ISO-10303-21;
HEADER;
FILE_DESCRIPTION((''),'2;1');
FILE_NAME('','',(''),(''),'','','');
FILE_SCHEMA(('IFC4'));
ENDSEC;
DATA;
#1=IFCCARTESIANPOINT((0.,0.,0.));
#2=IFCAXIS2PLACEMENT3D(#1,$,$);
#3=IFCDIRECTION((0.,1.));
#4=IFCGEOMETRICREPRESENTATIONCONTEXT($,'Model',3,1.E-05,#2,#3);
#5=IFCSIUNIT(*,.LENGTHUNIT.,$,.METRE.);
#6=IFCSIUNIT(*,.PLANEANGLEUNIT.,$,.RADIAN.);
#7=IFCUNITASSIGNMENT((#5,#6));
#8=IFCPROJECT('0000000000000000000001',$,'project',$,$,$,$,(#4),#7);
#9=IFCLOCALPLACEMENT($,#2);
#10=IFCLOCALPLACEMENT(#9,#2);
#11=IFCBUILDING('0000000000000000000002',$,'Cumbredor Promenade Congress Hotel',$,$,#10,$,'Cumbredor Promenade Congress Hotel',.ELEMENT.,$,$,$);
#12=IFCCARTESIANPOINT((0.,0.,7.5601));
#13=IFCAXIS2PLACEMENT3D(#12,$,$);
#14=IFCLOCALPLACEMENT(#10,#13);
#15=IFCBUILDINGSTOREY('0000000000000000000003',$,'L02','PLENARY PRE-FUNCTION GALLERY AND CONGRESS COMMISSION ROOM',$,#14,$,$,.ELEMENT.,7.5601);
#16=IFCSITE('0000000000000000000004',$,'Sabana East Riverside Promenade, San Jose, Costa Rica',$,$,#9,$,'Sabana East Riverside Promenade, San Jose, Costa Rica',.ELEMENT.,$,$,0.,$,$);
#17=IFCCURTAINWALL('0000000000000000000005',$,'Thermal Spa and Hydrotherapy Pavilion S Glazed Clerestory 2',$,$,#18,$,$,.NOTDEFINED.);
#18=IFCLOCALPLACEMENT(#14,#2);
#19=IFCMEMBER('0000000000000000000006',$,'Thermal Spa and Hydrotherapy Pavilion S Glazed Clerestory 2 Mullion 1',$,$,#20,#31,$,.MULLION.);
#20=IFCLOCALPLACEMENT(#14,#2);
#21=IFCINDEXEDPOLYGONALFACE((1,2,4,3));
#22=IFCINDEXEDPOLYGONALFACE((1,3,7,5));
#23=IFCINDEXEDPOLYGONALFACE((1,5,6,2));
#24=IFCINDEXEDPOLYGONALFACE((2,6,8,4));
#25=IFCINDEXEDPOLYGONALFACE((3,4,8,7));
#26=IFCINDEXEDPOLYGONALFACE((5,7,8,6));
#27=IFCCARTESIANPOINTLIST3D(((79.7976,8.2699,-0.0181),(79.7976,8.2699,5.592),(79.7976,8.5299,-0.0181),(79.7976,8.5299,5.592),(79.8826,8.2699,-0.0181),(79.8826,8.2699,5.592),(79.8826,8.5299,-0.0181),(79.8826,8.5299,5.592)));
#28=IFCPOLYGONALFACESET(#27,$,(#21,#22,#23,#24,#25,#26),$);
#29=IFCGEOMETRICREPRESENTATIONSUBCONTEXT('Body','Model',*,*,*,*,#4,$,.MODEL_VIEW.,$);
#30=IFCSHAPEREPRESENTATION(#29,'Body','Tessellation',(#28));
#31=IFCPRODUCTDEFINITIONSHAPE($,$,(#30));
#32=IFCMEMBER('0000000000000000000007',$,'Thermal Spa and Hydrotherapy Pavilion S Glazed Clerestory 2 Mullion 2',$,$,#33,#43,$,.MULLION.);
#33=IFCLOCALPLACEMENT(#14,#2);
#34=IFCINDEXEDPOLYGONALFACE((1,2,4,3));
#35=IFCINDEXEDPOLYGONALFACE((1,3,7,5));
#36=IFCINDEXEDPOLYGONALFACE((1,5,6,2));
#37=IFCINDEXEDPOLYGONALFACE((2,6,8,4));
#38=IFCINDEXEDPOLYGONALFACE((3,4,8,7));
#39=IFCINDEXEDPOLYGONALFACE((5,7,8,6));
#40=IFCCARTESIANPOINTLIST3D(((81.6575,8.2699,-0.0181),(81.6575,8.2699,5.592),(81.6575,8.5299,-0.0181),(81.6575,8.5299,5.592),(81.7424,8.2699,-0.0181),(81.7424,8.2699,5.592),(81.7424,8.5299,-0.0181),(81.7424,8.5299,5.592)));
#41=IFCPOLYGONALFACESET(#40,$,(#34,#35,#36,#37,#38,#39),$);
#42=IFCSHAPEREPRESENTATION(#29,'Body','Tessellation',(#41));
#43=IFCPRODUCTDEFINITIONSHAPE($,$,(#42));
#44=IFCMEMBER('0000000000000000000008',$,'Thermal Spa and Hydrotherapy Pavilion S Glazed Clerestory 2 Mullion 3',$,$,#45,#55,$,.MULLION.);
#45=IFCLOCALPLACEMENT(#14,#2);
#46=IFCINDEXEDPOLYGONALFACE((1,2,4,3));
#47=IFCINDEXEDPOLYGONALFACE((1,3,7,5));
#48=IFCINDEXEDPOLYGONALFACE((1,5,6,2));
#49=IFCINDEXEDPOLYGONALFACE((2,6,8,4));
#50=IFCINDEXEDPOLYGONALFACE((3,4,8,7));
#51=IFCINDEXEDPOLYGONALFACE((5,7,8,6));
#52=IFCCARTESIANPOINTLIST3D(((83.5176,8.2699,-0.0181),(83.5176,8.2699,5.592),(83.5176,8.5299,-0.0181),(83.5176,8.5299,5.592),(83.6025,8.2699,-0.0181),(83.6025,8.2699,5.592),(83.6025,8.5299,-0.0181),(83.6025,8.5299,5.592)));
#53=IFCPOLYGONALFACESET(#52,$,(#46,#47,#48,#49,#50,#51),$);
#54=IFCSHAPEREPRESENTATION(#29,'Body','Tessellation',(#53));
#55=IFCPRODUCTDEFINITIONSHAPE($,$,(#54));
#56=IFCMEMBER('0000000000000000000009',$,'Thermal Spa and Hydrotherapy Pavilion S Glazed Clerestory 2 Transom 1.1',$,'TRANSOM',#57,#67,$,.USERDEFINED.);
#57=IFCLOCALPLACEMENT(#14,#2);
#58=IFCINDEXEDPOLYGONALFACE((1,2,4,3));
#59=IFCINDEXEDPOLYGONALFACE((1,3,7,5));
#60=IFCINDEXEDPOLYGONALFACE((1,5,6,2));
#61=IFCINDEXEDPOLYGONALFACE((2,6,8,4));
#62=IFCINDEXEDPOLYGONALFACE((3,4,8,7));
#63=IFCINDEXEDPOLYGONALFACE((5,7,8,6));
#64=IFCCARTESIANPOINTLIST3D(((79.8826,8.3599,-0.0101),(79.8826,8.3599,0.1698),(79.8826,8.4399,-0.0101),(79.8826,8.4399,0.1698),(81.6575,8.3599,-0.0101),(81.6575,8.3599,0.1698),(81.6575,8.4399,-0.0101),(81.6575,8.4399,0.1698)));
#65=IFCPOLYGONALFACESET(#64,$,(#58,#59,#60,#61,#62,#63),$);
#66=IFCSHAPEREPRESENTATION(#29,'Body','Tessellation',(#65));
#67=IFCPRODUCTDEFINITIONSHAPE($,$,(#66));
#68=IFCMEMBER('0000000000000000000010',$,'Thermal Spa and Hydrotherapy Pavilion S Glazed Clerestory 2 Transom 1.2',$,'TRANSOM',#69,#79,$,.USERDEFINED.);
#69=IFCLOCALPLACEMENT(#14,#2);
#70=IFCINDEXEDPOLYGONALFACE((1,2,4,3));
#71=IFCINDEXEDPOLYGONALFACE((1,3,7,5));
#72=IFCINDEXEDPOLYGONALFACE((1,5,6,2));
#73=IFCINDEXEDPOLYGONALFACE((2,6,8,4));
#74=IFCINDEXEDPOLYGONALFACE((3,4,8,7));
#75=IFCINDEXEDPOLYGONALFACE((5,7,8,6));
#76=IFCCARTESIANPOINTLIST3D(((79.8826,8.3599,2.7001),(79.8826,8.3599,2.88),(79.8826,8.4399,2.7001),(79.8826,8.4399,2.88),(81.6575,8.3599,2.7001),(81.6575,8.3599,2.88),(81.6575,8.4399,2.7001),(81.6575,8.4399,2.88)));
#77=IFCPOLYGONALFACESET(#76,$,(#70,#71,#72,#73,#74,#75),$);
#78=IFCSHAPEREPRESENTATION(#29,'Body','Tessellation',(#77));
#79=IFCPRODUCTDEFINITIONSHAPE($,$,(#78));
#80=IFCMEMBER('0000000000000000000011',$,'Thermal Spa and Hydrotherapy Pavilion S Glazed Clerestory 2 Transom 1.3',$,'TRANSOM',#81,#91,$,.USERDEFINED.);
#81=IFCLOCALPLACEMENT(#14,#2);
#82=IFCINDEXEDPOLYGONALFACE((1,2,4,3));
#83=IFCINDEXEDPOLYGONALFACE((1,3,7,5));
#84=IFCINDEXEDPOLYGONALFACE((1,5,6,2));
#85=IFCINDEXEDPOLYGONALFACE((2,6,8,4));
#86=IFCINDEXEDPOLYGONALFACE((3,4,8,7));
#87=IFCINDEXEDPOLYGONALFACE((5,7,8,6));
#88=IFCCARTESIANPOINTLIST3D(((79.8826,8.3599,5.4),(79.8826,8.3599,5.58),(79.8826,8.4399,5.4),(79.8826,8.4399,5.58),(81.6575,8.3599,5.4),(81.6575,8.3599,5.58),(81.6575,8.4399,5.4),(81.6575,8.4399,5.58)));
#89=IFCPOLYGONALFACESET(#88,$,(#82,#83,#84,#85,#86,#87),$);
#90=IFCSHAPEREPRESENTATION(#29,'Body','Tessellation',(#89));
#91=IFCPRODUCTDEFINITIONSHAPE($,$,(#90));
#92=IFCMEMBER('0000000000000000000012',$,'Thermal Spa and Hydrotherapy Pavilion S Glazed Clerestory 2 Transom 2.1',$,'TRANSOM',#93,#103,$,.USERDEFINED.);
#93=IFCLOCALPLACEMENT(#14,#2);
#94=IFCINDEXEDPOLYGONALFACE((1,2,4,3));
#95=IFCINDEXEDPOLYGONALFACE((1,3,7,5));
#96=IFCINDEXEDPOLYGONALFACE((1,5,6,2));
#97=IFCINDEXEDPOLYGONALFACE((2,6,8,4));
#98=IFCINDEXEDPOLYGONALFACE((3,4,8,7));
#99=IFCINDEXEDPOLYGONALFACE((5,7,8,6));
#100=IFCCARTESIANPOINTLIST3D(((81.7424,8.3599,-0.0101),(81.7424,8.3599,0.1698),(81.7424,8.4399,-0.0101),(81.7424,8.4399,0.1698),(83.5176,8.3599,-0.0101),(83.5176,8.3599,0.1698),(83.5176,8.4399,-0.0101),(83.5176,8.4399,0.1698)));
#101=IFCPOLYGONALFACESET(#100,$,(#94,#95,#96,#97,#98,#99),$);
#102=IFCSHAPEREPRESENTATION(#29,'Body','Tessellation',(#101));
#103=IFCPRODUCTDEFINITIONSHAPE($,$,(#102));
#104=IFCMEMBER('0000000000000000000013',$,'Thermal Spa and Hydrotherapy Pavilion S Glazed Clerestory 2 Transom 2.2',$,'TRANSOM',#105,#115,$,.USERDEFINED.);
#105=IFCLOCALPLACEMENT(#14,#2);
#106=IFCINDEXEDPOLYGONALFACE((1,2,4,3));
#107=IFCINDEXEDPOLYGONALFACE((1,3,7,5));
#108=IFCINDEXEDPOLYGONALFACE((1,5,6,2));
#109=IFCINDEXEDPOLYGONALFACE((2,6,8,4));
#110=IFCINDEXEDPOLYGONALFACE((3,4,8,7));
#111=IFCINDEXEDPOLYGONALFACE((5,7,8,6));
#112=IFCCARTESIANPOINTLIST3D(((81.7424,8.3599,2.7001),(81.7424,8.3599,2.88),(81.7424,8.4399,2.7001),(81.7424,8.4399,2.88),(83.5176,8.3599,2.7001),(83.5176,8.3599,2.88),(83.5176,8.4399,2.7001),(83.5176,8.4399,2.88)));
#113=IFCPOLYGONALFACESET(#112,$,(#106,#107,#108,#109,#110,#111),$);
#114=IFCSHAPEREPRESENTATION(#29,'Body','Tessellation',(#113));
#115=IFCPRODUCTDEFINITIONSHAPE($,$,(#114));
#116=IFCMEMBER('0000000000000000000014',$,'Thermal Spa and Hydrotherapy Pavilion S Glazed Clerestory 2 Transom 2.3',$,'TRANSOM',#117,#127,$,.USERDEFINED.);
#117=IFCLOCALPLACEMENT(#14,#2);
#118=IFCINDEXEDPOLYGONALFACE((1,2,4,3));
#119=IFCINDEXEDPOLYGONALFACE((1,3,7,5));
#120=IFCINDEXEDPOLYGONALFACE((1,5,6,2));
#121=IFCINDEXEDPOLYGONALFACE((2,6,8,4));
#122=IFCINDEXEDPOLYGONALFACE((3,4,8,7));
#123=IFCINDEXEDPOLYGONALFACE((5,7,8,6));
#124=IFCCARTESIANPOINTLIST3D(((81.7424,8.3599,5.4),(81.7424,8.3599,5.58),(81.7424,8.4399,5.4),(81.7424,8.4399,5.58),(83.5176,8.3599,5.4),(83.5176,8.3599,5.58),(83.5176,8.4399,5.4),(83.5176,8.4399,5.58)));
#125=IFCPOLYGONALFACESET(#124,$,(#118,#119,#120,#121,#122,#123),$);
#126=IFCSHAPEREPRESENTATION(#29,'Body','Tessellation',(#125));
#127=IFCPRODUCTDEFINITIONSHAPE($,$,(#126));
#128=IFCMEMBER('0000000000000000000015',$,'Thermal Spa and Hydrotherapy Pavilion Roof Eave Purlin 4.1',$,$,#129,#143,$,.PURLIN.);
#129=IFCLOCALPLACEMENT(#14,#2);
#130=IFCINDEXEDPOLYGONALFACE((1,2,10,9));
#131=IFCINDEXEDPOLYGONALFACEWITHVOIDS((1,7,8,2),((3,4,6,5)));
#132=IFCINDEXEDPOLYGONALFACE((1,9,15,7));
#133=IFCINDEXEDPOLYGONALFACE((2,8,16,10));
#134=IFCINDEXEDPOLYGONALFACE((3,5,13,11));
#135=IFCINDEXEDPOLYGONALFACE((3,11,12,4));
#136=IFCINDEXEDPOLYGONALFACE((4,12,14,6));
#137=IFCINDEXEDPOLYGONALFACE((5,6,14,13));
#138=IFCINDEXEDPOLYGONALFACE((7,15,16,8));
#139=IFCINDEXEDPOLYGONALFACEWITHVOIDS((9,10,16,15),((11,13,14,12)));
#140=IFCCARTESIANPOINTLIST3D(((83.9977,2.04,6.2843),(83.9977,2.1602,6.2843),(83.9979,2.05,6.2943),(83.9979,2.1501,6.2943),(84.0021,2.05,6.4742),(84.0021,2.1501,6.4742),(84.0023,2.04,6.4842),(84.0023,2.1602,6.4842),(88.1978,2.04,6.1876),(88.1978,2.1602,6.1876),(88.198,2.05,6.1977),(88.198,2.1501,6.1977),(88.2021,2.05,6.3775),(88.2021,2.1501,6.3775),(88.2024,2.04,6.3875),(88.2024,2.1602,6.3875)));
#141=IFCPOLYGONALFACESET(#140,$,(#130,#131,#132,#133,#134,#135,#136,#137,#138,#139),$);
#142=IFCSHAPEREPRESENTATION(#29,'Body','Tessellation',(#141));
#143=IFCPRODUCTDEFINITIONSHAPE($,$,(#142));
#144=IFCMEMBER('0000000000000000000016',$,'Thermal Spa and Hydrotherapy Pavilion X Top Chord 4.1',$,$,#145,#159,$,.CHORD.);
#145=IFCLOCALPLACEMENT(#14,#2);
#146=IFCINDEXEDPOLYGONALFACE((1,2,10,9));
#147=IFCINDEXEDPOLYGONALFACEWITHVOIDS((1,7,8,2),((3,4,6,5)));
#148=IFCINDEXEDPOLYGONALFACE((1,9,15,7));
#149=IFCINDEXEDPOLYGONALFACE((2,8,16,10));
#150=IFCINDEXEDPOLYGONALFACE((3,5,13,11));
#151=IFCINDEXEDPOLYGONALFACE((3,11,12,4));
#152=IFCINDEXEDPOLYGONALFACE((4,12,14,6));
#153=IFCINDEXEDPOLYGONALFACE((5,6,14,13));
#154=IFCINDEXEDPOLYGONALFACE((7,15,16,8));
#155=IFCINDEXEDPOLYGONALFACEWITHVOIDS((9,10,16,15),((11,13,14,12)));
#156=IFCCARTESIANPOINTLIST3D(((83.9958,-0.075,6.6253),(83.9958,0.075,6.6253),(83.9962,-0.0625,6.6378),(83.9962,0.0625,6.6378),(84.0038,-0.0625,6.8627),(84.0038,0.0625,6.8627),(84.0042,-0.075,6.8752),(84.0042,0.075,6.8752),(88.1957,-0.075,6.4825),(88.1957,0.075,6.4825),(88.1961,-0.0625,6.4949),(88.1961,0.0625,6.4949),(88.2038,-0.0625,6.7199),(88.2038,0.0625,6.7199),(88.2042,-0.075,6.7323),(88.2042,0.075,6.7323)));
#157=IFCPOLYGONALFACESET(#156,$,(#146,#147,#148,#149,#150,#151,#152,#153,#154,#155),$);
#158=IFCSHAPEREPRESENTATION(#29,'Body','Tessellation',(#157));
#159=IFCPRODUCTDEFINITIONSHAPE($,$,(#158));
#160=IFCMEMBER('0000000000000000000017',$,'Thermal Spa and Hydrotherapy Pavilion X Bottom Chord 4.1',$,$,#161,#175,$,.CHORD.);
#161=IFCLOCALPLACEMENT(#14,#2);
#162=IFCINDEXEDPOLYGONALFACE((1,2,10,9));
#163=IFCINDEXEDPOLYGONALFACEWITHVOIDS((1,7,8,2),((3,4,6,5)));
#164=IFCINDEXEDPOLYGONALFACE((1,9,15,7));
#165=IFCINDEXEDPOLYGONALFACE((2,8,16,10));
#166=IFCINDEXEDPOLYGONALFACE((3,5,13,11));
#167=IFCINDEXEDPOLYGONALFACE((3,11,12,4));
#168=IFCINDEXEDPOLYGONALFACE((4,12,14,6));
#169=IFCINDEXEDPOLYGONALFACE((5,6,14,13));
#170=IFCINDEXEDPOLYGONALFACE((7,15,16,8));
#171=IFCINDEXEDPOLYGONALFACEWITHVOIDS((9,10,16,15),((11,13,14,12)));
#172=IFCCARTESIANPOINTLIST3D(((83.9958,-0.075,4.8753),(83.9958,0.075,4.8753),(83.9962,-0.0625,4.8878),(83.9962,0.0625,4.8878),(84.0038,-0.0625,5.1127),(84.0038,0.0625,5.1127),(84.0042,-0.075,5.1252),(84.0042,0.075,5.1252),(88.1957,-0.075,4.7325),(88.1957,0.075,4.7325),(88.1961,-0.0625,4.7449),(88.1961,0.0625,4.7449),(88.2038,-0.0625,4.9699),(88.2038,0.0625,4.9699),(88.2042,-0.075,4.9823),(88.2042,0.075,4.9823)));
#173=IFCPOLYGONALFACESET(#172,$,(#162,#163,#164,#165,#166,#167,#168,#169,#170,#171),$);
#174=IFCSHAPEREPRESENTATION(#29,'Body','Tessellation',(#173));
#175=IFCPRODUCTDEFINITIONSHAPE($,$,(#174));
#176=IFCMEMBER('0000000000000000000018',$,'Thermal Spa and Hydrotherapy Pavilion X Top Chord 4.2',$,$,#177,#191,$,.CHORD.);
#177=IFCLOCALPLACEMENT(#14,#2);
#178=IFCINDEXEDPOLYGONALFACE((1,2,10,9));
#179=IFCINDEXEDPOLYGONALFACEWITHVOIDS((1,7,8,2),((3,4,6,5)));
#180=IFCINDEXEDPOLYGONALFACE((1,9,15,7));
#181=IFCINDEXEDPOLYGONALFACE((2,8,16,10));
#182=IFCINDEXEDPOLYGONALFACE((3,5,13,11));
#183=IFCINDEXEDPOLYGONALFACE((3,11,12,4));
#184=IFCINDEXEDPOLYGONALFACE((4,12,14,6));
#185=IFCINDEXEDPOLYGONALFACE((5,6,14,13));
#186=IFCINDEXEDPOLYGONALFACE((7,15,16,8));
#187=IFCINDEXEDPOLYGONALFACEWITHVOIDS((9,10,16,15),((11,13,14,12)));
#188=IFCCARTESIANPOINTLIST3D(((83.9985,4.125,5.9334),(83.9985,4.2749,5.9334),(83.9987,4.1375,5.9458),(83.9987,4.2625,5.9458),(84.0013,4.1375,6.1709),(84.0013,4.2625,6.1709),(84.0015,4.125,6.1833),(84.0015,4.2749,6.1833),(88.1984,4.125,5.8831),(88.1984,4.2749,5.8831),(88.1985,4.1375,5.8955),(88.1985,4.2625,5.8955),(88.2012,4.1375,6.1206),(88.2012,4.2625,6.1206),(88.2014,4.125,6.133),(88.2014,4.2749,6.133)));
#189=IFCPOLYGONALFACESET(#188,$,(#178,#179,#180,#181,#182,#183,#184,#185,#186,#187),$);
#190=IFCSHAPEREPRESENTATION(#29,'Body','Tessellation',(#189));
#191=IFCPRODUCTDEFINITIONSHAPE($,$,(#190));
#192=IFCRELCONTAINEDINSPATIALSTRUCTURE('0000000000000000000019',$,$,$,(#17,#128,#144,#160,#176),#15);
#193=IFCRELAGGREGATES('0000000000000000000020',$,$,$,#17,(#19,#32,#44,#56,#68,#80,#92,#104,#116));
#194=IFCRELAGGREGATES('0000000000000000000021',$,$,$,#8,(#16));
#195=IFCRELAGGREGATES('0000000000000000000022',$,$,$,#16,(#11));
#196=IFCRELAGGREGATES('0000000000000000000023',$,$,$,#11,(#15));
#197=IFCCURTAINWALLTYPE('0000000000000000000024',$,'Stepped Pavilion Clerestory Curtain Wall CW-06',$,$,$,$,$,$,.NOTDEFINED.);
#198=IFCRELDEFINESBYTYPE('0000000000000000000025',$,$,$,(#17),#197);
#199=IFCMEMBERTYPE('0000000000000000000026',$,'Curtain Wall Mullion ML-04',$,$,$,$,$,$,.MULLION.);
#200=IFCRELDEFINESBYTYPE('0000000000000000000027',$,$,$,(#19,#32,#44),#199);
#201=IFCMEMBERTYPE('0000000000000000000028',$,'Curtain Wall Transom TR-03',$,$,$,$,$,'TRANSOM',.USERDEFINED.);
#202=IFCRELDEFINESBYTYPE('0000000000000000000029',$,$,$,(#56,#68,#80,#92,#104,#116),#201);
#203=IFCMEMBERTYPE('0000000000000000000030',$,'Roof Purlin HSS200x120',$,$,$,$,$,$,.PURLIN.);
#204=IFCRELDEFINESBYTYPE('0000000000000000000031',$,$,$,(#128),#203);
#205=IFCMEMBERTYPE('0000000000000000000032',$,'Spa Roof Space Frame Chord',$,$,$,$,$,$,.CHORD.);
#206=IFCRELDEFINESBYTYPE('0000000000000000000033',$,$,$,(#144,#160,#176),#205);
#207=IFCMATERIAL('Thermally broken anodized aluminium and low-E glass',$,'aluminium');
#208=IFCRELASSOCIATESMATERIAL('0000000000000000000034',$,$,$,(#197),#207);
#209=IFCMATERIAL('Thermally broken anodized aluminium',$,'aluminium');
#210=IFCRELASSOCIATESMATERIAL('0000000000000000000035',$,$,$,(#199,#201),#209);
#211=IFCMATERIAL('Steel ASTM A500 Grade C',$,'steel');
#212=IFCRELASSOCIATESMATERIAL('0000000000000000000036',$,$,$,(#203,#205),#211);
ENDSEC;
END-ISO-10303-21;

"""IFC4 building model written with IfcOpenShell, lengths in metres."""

from ifc_helpers import new_model, si_unit, direction, frame, origin, origin_2d, place, context, subcontext, project, spatial, rectangle, hollow_rectangle, extrude, material, material_profile, profile_set, type_object, element, aggregate, save


model = new_model("IFC4")

# Units and contexts
model_context = context("Model", 3, precision=1e-05, world=origin(), true_north=direction((0.0, 1.0)))
body_context = subcontext(model_context, "Body", "Model", "MODEL_VIEW")
ifc_project = project(units=[si_unit("LENGTHUNIT", "METRE"), si_unit("PLANEANGLEUNIT", "RADIAN")], contexts=[model_context])

# Site, building, storey
site_placement = place(None, origin())
site = spatial("IfcSite", under=ifc_project, at=site_placement, Name="Sabana East Riverside Promenade, San Jose, Costa Rica", LongName="Sabana East Riverside Promenade, San Jose, Costa Rica", CompositionType="ELEMENT", RefElevation=0.0)
building_placement = place(site_placement, origin())
building = spatial("IfcBuilding", under=site, at=building_placement, Name="Cumbredor Promenade Congress Hotel", LongName="Cumbredor Promenade Congress Hotel", CompositionType="ELEMENT")
storey_placement = place(building_placement, frame((0.0, 0.0, 7.5601)))
storey = spatial("IfcBuildingStorey", under=building, at=storey_placement, Name="L02", Description="PLENARY PRE-FUNCTION GALLERY AND CONGRESS COMMISSION ROOM", CompositionType="ELEMENT", Elevation=7.5601)

# Curtain wall, members
ifc_material_1 = material(Name="Thermally broken anodized aluminium and low-E glass", Category="aluminium")
curtain_wall_type = type_object("IfcCurtainWallType", Name="Stepped Pavilion Clerestory Curtain Wall CW-06", PredefinedType="NOTDEFINED", material=ifc_material_1)
curtain_wall_placement = place(storey_placement, origin())
curtain_wall = element("IfcCurtainWall", 1, at=curtain_wall_placement, inside=storey, type_object=curtain_wall_type, Name="Thermal Spa and Hydrotherapy Pavilion S Glazed Clerestory 2", PredefinedType="NOTDEFINED")
ifc_material_2 = material(Name="Thermally broken anodized aluminium", Category="aluminium")
ifc_material_profile_1 = material_profile(ifc_material_2, rectangle(XDim=0.085, YDim=0.26, at=origin_2d()), Name="ALU MULLION CLERESTORY 85x260")
ifc_profile_set_1 = profile_set([ifc_material_profile_1], Name="Thermally broken anodized aluminium")
member_type_1 = type_object("IfcMemberType", Name="Curtain Wall Mullion ML-04", PredefinedType="MULLION", material=ifc_profile_set_1)
member_1_placement = place(storey_placement, frame((79.8401, 8.3999, -0.0181), z_axis=(0.0, 0.0, 1.0), x_axis=(1.0, 0.0, 0.0)))
member_1 = element("IfcMember", 2, at=member_1_placement, type_object=member_type_1, Name="Thermal Spa and Hydrotherapy Pavilion S Glazed Clerestory 2 Mullion 1", PredefinedType="MULLION", context=body_context, shape_type="SweptSolid", body=[
    extrude(rectangle(XDim=0.085, YDim=0.26, at=origin_2d()), origin(), (0.0, 0.0, 1.0), 5.6101),
])
member_2_placement = place(storey_placement, frame((81.7, 8.3999, -0.0181), z_axis=(0.0, 0.0, 1.0), x_axis=(1.0, 0.0, 0.0)))
member_2 = element("IfcMember", 3, at=member_2_placement, type_object=member_type_1, Name="Thermal Spa and Hydrotherapy Pavilion S Glazed Clerestory 2 Mullion 2", PredefinedType="MULLION", context=body_context, shape_type="SweptSolid", body=[
    extrude(rectangle(XDim=0.085, YDim=0.26, at=origin_2d()), origin(), (0.0, 0.0, 1.0), 5.6101),
])
member_3_placement = place(storey_placement, frame((83.5601, 8.3999, -0.0181), z_axis=(0.0, 0.0, 1.0), x_axis=(1.0, 0.0, 0.0)))
member_3 = element("IfcMember", 4, at=member_3_placement, type_object=member_type_1, Name="Thermal Spa and Hydrotherapy Pavilion S Glazed Clerestory 2 Mullion 3", PredefinedType="MULLION", context=body_context, shape_type="SweptSolid", body=[
    extrude(rectangle(XDim=0.085, YDim=0.26, at=origin_2d()), origin(), (0.0, 0.0, 1.0), 5.6101),
])
ifc_material_profile_2 = material_profile(ifc_material_2, rectangle(XDim=0.0801, YDim=0.1799, at=origin_2d()), Name="ALU TRANSOM 80x180")
ifc_profile_set_2 = profile_set([ifc_material_profile_2], Name="Thermally broken anodized aluminium")
member_type_2 = type_object("IfcMemberType", Name="Curtain Wall Transom TR-03", ElementType="TRANSOM", PredefinedType="USERDEFINED", material=ifc_profile_set_2)
member_4_placement = place(storey_placement, frame((79.8826, 8.3999, 0.0798), z_axis=(1.0, 0.0, 0.0), x_axis=(0.0, 1.0, 0.0)))
member_4 = element("IfcMember", 5, at=member_4_placement, type_object=member_type_2, Name="Thermal Spa and Hydrotherapy Pavilion S Glazed Clerestory 2 Transom 1.1", ObjectType="TRANSOM", PredefinedType="USERDEFINED", context=body_context, shape_type="SweptSolid", body=[
    extrude(rectangle(XDim=0.0801, YDim=0.1799, at=origin_2d()), origin(), (0.0, 0.0, 1.0), 1.7749),
])
member_5_placement = place(storey_placement, frame((79.8826, 8.3999, 2.79), z_axis=(1.0, 0.0, 0.0), x_axis=(0.0, 1.0, 0.0)))
member_5 = element("IfcMember", 6, at=member_5_placement, type_object=member_type_2, Name="Thermal Spa and Hydrotherapy Pavilion S Glazed Clerestory 2 Transom 1.2", ObjectType="TRANSOM", PredefinedType="USERDEFINED", context=body_context, shape_type="SweptSolid", body=[
    extrude(rectangle(XDim=0.0801, YDim=0.1799, at=origin_2d()), origin(), (0.0, 0.0, 1.0), 1.7749),
])
member_6_placement = place(storey_placement, frame((79.8826, 8.3999, 5.49), z_axis=(1.0, 0.0, 0.0), x_axis=(0.0, 1.0, 0.0)))
member_6 = element("IfcMember", 7, at=member_6_placement, type_object=member_type_2, Name="Thermal Spa and Hydrotherapy Pavilion S Glazed Clerestory 2 Transom 1.3", ObjectType="TRANSOM", PredefinedType="USERDEFINED", context=body_context, shape_type="SweptSolid", body=[
    extrude(rectangle(XDim=0.0801, YDim=0.1799, at=origin_2d()), origin(), (0.0, 0.0, 1.0), 1.7749),
])
member_7_placement = place(storey_placement, frame((81.7424, 8.3999, 0.0798), z_axis=(1.0, 0.0, 0.0), x_axis=(0.0, 1.0, 0.0)))
member_7 = element("IfcMember", 8, at=member_7_placement, type_object=member_type_2, Name="Thermal Spa and Hydrotherapy Pavilion S Glazed Clerestory 2 Transom 2.1", ObjectType="TRANSOM", PredefinedType="USERDEFINED", context=body_context, shape_type="SweptSolid", body=[
    extrude(rectangle(XDim=0.0801, YDim=0.1799, at=origin_2d()), origin(), (0.0, 0.0, 1.0), 1.7751),
])
member_8_placement = place(storey_placement, frame((81.7424, 8.3999, 2.79), z_axis=(1.0, 0.0, 0.0), x_axis=(0.0, 1.0, 0.0)))
member_8 = element("IfcMember", 9, at=member_8_placement, type_object=member_type_2, Name="Thermal Spa and Hydrotherapy Pavilion S Glazed Clerestory 2 Transom 2.2", ObjectType="TRANSOM", PredefinedType="USERDEFINED", context=body_context, shape_type="SweptSolid", body=[
    extrude(rectangle(XDim=0.0801, YDim=0.1799, at=origin_2d()), origin(), (0.0, 0.0, 1.0), 1.7751),
])
member_9_placement = place(storey_placement, frame((81.7424, 8.3999, 5.49), z_axis=(1.0, 0.0, 0.0), x_axis=(0.0, 1.0, 0.0)))
member_9 = element("IfcMember", 10, at=member_9_placement, type_object=member_type_2, Name="Thermal Spa and Hydrotherapy Pavilion S Glazed Clerestory 2 Transom 2.3", ObjectType="TRANSOM", PredefinedType="USERDEFINED", context=body_context, shape_type="SweptSolid", body=[
    extrude(rectangle(XDim=0.0801, YDim=0.1799, at=origin_2d()), origin(), (0.0, 0.0, 1.0), 1.7751),
])

# Members
ifc_material_3 = material(Name="Steel ASTM A500 Grade C", Category="steel")
ifc_material_profile_3 = material_profile(ifc_material_3, hollow_rectangle(XDim=0.1201, YDim=0.2, WallThickness=0.01, at=origin_2d()), Name="HSS 200x120x10")
ifc_profile_set_3 = profile_set([ifc_material_profile_3], Name="Steel ASTM A500 Grade C")
member_type_3 = type_object("IfcMemberType", Name="Roof Purlin HSS200x120", PredefinedType="PURLIN", material=ifc_profile_set_3)
member_10_placement = place(storey_placement, frame((84.0, 2.1001, 6.3843), z_axis=(0.999735, 0.0, -0.023013), x_axis=(0.0, 1.0, 0.0)))
element("IfcMember", 11, at=member_10_placement, inside=storey, type_object=member_type_3, Name="Thermal Spa and Hydrotherapy Pavilion Roof Eave Purlin 4.1", PredefinedType="PURLIN", context=body_context, shape_type="SweptSolid", body=[
    extrude(hollow_rectangle(XDim=0.1201, YDim=0.2, WallThickness=0.01, at=origin_2d()), origin(), (0.0, 0.0, 1.0), 4.2012),
])
ifc_material_profile_4 = material_profile(ifc_material_3, hollow_rectangle(XDim=0.1499, YDim=0.25, WallThickness=0.0125, at=origin_2d()), Name="HSS 250x150x12.5")
ifc_profile_set_4 = profile_set([ifc_material_profile_4], Name="Steel ASTM A500 Grade C")
member_type_4 = type_object("IfcMemberType", Name="Spa Roof Space Frame Chord", PredefinedType="CHORD", material=ifc_profile_set_4)
for number, where, z_axis, x_axis, name in (
    (12, (84.0, 0.0, 6.7502), (0.999422, 0.0, -0.033986), (0.0, 1.0, 0.0), "Thermal Spa and Hydrotherapy Pavilion X Top Chord 4.1"),
    (13, (84.0, 0.0, 5.0002), (0.999422, 0.0, -0.033986), (0.0, 1.0, 0.0), "Thermal Spa and Hydrotherapy Pavilion X Bottom Chord 4.1"),
):
    element("IfcMember", number, at=place(storey_placement, frame(where, z_axis=z_axis, x_axis=x_axis)), inside=storey, type_object=member_type_4, Name=name, PredefinedType="CHORD", context=body_context, shape_type="SweptSolid", body=[
        extrude(hollow_rectangle(XDim=0.1499, YDim=0.25, WallThickness=0.0125, at=origin_2d()), origin(), (0.0, 0.0, 1.0), 4.2024),
    ])
for number, where, z_axis, x_axis, name in (
    (14, (84.0, 4.2, 6.0583), (0.999928, 0.0, -0.011974), (0.0, 1.0, 0.0), "Thermal Spa and Hydrotherapy Pavilion X Top Chord 4.2"),
):
    element("IfcMember", number, at=place(storey_placement, frame(where, z_axis=z_axis, x_axis=x_axis)), inside=storey, type_object=member_type_4, Name=name, PredefinedType="CHORD", context=body_context, shape_type="SweptSolid", body=[
        extrude(hollow_rectangle(XDim=0.1499, YDim=0.25, WallThickness=0.0125, at=origin_2d()), origin(), (0.0, 0.0, 1.0), 4.2002),
    ])

aggregate(curtain_wall, [member_1, member_2, member_3, member_4, member_5, member_6, member_7, member_8, member_9])

save(model, "model.ifc")
